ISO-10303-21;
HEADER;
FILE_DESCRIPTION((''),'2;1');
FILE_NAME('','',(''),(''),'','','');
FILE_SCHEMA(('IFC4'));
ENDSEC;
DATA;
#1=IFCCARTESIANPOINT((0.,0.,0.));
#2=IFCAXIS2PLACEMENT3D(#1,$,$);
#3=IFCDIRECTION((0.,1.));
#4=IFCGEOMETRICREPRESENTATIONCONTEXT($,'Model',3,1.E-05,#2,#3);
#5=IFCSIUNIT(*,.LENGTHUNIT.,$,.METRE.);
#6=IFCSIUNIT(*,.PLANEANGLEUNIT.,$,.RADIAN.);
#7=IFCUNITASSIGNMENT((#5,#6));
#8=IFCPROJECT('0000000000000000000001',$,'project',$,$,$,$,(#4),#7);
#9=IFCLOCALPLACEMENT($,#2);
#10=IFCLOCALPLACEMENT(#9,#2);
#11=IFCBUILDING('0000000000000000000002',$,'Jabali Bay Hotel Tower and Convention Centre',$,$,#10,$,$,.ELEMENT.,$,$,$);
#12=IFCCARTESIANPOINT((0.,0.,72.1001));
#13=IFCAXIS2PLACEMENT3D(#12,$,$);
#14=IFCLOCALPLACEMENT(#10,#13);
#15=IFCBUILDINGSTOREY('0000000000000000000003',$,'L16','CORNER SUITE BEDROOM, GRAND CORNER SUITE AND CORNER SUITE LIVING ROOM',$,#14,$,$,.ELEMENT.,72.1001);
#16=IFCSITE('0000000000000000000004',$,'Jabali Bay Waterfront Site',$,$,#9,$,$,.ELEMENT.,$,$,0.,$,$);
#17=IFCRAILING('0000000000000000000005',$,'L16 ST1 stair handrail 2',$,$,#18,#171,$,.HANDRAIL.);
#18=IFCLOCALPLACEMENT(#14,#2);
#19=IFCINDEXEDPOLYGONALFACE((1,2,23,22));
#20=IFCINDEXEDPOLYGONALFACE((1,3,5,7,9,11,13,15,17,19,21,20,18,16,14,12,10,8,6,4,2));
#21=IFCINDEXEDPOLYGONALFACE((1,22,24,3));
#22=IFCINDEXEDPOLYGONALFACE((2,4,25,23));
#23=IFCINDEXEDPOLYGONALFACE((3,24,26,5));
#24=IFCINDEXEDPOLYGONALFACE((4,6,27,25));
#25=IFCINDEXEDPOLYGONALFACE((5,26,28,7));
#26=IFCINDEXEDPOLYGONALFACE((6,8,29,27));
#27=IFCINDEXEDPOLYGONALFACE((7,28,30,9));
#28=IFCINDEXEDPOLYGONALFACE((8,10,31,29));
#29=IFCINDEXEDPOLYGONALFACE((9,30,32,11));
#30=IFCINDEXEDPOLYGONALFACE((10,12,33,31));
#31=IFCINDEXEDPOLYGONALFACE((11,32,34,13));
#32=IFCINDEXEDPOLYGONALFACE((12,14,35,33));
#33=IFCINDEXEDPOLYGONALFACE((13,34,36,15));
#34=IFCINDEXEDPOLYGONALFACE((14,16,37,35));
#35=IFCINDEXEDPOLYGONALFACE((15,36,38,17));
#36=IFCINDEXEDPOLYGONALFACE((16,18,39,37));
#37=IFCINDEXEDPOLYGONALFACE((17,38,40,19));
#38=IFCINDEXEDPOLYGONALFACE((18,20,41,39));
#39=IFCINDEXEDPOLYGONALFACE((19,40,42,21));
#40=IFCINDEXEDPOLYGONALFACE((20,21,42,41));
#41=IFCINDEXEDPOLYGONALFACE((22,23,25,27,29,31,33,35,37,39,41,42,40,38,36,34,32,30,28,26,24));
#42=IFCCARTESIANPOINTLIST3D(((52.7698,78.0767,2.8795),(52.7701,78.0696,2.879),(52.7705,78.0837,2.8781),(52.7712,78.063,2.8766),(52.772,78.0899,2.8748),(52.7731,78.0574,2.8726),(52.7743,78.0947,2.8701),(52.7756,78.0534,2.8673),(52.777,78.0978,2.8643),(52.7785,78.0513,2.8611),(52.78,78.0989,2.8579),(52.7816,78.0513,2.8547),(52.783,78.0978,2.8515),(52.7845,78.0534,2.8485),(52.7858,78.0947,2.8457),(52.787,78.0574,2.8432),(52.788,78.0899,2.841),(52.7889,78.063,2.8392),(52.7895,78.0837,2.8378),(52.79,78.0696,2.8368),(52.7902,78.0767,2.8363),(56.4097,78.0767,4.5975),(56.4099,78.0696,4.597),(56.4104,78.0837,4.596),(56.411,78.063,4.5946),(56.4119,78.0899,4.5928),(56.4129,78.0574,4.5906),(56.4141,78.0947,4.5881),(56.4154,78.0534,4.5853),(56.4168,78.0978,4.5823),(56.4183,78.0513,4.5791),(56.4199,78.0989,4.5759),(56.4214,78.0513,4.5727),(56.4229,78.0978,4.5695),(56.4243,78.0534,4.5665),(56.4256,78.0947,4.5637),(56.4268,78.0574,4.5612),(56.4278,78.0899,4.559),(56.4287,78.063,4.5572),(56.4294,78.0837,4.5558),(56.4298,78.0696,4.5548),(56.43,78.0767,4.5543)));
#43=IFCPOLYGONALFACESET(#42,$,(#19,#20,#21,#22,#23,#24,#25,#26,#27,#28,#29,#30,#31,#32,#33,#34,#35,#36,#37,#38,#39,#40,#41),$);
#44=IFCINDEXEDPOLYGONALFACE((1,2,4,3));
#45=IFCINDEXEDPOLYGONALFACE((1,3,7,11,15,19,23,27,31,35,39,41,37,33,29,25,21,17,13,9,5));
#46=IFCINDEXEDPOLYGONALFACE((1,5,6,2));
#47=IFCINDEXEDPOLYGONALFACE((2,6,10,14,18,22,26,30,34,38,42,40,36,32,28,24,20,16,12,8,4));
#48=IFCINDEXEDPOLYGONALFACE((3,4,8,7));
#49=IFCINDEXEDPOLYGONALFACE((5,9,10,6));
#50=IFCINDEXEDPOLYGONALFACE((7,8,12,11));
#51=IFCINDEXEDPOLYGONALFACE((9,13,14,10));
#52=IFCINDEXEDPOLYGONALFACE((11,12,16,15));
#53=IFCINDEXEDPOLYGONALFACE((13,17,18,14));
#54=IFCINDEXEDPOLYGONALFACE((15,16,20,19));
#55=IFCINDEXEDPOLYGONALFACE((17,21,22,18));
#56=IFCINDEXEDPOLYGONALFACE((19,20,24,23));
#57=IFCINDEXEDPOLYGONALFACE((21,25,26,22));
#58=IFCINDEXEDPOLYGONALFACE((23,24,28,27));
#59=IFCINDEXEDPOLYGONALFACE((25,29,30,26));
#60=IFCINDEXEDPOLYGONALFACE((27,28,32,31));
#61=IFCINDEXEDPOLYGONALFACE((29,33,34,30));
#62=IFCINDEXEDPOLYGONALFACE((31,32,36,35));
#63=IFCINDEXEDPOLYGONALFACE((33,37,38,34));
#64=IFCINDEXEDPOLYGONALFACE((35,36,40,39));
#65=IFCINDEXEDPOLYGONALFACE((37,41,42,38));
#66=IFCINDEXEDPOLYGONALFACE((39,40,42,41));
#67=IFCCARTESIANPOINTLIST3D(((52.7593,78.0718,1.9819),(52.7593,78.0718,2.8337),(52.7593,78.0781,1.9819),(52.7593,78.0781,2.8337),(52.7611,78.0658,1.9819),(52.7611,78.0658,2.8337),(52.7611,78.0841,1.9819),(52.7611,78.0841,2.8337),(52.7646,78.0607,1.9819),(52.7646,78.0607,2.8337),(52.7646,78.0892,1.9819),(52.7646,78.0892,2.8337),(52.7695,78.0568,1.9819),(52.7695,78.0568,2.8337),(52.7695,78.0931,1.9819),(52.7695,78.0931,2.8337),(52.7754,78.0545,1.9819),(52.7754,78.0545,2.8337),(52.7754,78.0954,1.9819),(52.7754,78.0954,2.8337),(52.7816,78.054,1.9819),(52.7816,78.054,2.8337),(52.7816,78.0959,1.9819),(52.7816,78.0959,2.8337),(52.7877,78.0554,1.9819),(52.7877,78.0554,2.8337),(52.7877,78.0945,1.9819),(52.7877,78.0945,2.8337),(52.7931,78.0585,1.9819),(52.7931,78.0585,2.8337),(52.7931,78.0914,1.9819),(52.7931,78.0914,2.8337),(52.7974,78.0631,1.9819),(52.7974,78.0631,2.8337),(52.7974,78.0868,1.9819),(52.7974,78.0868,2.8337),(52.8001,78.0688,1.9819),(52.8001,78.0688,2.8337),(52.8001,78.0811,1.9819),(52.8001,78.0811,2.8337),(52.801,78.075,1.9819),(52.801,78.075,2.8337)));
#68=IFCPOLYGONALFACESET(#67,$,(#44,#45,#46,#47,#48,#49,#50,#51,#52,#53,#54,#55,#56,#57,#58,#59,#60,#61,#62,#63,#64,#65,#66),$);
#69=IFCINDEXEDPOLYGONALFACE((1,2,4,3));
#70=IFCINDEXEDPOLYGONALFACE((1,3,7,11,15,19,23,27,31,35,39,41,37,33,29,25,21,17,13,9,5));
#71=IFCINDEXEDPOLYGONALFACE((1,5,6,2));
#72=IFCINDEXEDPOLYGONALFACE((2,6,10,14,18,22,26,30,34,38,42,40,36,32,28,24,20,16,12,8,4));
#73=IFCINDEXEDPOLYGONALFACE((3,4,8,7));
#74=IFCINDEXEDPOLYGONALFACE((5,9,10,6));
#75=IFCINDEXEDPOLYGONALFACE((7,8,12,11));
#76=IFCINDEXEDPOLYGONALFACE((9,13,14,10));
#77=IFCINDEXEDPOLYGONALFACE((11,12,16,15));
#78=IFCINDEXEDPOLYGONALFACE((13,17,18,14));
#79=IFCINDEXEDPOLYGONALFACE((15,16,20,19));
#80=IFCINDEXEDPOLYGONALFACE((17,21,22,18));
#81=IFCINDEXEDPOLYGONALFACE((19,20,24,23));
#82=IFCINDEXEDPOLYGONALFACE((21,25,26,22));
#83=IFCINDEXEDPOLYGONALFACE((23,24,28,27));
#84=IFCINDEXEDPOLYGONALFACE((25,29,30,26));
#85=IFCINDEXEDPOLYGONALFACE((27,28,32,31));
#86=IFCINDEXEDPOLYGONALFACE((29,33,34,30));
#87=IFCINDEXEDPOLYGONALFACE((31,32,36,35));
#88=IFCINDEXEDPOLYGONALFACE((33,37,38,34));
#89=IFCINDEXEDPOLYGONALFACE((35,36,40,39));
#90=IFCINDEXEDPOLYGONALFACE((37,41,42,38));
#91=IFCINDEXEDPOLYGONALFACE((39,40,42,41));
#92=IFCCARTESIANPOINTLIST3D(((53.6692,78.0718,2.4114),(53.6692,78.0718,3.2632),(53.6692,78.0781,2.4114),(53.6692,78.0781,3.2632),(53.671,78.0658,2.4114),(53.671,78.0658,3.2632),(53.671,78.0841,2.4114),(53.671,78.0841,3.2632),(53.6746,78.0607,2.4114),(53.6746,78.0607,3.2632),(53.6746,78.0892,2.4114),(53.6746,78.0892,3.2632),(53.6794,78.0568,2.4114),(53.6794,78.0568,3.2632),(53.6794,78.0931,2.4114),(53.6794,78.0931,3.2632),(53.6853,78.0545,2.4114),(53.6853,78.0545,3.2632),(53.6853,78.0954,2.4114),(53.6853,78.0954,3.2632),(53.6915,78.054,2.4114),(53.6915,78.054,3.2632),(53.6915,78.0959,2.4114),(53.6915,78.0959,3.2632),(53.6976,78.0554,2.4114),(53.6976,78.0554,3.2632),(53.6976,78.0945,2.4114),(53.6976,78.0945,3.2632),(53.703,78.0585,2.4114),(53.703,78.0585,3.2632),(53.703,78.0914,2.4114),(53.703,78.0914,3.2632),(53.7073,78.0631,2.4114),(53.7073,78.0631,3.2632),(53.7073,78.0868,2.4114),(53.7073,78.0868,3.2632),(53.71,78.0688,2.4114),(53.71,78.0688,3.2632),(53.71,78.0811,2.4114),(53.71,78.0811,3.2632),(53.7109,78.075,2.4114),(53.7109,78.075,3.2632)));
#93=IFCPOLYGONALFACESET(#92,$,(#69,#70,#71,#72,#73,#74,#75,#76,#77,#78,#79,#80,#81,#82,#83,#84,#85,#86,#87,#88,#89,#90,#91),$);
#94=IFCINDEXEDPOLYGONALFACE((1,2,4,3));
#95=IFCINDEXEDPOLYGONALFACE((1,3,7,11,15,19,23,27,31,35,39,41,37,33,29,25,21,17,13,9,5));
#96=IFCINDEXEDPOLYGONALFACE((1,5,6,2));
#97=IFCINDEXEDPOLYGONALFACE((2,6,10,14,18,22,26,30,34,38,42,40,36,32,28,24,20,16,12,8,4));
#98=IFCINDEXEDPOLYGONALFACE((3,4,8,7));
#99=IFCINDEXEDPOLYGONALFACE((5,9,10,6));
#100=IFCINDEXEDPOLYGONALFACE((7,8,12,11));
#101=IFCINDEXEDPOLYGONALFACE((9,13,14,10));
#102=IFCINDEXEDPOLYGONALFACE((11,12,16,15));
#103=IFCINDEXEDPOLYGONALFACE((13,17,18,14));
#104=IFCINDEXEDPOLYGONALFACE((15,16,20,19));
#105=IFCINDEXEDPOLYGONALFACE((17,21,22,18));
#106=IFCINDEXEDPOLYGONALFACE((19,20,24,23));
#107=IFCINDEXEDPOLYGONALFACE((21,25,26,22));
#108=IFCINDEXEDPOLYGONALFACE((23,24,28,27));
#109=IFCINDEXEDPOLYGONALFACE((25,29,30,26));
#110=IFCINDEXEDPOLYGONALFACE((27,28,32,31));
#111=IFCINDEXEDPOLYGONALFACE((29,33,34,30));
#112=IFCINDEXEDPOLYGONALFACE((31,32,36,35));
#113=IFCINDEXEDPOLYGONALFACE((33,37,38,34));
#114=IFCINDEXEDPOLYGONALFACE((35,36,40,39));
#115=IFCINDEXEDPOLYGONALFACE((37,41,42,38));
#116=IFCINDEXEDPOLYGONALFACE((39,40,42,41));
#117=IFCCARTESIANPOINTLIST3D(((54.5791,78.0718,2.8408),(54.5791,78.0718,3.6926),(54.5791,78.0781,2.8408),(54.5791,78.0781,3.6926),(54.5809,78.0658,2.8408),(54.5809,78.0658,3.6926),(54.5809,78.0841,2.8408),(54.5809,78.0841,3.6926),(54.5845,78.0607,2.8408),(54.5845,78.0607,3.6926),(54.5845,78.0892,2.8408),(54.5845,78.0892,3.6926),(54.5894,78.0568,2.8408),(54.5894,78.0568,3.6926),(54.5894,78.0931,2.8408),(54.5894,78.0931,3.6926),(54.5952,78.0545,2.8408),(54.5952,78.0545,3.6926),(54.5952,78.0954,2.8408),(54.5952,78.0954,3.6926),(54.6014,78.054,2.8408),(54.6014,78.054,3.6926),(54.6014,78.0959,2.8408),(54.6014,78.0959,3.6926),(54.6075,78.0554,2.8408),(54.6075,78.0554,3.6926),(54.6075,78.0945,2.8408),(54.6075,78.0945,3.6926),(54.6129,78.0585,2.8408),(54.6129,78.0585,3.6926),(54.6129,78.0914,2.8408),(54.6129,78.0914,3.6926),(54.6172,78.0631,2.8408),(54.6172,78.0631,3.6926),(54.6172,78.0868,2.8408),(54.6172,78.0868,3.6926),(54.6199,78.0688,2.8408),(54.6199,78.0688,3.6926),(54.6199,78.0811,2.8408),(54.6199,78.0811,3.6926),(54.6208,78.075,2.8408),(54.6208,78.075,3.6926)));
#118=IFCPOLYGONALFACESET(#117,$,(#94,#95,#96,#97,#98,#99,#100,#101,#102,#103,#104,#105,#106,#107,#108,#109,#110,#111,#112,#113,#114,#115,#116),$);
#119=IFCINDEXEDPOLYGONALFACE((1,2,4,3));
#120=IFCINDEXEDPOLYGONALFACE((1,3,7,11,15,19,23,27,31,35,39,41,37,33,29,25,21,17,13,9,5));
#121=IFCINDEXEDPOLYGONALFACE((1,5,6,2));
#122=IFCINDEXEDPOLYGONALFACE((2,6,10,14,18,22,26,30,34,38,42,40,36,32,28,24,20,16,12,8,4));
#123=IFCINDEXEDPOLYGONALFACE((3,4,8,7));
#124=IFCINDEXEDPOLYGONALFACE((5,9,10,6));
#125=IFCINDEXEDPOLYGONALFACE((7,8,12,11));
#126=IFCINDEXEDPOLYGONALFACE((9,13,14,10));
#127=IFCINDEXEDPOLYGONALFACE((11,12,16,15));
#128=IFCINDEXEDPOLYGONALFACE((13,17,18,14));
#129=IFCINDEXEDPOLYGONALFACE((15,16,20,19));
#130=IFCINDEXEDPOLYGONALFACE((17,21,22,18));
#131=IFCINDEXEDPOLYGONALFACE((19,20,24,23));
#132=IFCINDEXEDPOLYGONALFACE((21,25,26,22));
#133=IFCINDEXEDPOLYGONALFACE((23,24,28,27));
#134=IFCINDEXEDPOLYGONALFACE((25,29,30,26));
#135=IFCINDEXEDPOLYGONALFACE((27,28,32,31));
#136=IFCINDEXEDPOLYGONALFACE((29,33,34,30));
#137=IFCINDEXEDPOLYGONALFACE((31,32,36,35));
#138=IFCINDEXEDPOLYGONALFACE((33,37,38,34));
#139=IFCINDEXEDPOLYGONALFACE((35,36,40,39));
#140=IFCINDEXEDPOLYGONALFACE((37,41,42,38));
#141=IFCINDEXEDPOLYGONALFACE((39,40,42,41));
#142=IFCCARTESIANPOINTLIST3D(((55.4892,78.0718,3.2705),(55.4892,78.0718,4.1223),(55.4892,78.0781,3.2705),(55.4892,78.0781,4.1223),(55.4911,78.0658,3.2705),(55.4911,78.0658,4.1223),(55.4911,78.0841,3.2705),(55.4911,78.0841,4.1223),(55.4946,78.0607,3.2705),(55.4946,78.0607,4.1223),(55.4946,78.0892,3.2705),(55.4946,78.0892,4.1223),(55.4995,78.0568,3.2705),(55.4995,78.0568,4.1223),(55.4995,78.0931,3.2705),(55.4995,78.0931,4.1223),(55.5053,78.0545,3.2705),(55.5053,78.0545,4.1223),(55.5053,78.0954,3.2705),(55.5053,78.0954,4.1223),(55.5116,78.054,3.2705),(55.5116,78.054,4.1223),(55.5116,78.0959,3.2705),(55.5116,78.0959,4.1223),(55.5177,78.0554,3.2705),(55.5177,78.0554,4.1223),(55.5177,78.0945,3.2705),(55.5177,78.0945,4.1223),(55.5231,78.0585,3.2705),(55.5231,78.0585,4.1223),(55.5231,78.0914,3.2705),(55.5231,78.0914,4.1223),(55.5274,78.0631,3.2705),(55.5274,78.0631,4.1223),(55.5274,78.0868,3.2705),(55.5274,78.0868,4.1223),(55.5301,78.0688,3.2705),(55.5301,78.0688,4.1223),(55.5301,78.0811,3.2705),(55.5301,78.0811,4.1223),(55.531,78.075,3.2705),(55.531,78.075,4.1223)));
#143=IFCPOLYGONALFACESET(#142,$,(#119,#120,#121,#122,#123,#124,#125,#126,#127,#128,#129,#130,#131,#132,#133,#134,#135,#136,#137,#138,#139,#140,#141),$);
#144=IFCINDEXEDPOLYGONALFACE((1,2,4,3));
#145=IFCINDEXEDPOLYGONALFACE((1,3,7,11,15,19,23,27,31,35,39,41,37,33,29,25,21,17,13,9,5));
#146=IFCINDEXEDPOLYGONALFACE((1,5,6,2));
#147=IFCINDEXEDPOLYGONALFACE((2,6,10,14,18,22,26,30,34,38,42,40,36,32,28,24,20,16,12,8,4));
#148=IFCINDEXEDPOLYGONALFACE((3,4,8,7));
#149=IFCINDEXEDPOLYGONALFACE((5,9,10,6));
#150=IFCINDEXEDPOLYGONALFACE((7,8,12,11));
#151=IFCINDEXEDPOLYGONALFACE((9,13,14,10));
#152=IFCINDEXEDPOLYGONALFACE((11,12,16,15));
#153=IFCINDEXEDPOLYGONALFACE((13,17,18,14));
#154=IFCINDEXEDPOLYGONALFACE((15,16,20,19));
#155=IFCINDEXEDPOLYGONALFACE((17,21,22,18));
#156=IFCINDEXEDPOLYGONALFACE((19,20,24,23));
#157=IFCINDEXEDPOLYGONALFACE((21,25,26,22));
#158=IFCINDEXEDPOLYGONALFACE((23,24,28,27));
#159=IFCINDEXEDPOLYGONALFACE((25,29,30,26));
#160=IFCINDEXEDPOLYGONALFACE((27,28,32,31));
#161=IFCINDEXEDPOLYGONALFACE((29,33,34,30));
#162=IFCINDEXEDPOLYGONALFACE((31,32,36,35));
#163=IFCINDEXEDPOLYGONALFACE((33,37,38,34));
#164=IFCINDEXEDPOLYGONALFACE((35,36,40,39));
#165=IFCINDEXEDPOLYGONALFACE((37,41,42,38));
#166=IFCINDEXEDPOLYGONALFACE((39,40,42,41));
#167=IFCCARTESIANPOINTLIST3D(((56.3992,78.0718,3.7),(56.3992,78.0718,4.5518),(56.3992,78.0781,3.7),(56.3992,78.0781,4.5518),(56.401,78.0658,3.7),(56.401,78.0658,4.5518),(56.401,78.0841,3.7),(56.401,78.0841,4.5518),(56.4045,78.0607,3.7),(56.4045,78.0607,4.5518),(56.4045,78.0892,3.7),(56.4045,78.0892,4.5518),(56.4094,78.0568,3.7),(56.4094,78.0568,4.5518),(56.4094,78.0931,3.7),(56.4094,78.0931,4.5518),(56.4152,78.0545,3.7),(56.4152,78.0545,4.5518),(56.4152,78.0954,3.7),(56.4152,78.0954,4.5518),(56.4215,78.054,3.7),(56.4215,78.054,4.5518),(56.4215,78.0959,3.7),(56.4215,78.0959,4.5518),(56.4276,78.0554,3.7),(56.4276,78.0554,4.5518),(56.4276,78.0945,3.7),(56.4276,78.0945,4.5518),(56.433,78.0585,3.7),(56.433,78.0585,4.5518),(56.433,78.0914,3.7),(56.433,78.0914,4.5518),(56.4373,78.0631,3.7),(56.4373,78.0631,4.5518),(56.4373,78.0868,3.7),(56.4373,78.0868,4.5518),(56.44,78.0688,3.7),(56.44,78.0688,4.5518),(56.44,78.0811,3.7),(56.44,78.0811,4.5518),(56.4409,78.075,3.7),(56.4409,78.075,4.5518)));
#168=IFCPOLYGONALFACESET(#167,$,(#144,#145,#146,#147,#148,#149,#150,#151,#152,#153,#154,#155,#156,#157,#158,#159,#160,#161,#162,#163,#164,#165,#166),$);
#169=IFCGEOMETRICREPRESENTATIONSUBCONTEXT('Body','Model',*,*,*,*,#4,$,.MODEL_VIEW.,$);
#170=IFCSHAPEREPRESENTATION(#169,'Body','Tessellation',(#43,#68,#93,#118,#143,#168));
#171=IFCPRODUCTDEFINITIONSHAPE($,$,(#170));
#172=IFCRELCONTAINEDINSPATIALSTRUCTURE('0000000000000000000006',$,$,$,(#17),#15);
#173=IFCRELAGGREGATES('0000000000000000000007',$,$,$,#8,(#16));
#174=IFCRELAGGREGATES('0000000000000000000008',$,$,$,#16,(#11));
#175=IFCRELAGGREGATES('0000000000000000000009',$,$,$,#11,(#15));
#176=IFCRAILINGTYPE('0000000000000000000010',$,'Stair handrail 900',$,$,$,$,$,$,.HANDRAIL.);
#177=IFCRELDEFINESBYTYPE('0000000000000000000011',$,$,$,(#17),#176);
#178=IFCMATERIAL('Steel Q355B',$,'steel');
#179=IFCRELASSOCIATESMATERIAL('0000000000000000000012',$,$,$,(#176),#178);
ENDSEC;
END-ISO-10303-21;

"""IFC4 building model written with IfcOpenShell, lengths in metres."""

from ifc_helpers import new_model, si_unit, direction, frame, origin, origin_2d, place, context, subcontext, project, spatial, circle, extrude, material, type_object, element, save


model = new_model("IFC4")

# Units and contexts
model_context = context("Model", 3, precision=1e-05, world=origin(), true_north=direction((0.0, 1.0)))
body_context = subcontext(model_context, "Body", "Model", "MODEL_VIEW")
ifc_project = project(units=[si_unit("LENGTHUNIT", "METRE"), si_unit("PLANEANGLEUNIT", "RADIAN")], contexts=[model_context])

# Site, building, storey
site_placement = place(None, origin())
site = spatial("IfcSite", under=ifc_project, at=site_placement, Name="Jabali Bay Waterfront Site", CompositionType="ELEMENT", RefElevation=0.0)
building_placement = place(site_placement, origin())
building = spatial("IfcBuilding", under=site, at=building_placement, Name="Jabali Bay Hotel Tower and Convention Centre", CompositionType="ELEMENT")
storey_placement = place(building_placement, frame((0.0, 0.0, 72.1001)))
storey = spatial("IfcBuildingStorey", under=building, at=storey_placement, Name="L16", Description="CORNER SUITE BEDROOM, GRAND CORNER SUITE AND CORNER SUITE LIVING ROOM", CompositionType="ELEMENT", Elevation=72.1001)

# Railing
ifc_material_1 = material(Name="Steel Q355B", Category="steel")
railing_type = type_object("IfcRailingType", Name="Stair handrail 900", PredefinedType="HANDRAIL", material=ifc_material_1)
railing_placement = place(storey_placement, frame((52.78, 78.075, 1.9819)))
element("IfcRailing", 1, at=railing_placement, inside=storey, type_object=railing_type, Name="L16 ST1 stair handrail 2", PredefinedType="HANDRAIL", context=body_context, shape_type="SweptSolid", body=[
    extrude(circle(Radius=0.0239, at=origin_2d()), frame((0.0, 0.0, 0.876), z_axis=(0.904327, 0.0, 0.42684), x_axis=(0.0, 1.0, 0.0)), (0.0, 0.0, 1.0), 4.0249),
    extrude(circle(Radius=0.021, at=origin_2d()), origin(), (0.0, 0.0, 1.0), 0.8518),
    extrude(circle(Radius=0.021, at=origin_2d()), frame((0.9099, 0.0, 0.4294)), (0.0, 0.0, 1.0), 0.8518),
    extrude(circle(Radius=0.021, at=origin_2d()), frame((1.8198, 0.0, 0.8589)), (0.0, 0.0, 1.0), 0.8518),
    extrude(circle(Radius=0.021, at=origin_2d()), frame((2.73, 0.0, 1.2886)), (0.0, 0.0, 1.0), 0.8518),
    extrude(circle(Radius=0.021, at=origin_2d()), frame((3.6399, 0.0, 1.718)), (0.0, 0.0, 1.0), 0.8518),
])

save(model, "model.ifc")
